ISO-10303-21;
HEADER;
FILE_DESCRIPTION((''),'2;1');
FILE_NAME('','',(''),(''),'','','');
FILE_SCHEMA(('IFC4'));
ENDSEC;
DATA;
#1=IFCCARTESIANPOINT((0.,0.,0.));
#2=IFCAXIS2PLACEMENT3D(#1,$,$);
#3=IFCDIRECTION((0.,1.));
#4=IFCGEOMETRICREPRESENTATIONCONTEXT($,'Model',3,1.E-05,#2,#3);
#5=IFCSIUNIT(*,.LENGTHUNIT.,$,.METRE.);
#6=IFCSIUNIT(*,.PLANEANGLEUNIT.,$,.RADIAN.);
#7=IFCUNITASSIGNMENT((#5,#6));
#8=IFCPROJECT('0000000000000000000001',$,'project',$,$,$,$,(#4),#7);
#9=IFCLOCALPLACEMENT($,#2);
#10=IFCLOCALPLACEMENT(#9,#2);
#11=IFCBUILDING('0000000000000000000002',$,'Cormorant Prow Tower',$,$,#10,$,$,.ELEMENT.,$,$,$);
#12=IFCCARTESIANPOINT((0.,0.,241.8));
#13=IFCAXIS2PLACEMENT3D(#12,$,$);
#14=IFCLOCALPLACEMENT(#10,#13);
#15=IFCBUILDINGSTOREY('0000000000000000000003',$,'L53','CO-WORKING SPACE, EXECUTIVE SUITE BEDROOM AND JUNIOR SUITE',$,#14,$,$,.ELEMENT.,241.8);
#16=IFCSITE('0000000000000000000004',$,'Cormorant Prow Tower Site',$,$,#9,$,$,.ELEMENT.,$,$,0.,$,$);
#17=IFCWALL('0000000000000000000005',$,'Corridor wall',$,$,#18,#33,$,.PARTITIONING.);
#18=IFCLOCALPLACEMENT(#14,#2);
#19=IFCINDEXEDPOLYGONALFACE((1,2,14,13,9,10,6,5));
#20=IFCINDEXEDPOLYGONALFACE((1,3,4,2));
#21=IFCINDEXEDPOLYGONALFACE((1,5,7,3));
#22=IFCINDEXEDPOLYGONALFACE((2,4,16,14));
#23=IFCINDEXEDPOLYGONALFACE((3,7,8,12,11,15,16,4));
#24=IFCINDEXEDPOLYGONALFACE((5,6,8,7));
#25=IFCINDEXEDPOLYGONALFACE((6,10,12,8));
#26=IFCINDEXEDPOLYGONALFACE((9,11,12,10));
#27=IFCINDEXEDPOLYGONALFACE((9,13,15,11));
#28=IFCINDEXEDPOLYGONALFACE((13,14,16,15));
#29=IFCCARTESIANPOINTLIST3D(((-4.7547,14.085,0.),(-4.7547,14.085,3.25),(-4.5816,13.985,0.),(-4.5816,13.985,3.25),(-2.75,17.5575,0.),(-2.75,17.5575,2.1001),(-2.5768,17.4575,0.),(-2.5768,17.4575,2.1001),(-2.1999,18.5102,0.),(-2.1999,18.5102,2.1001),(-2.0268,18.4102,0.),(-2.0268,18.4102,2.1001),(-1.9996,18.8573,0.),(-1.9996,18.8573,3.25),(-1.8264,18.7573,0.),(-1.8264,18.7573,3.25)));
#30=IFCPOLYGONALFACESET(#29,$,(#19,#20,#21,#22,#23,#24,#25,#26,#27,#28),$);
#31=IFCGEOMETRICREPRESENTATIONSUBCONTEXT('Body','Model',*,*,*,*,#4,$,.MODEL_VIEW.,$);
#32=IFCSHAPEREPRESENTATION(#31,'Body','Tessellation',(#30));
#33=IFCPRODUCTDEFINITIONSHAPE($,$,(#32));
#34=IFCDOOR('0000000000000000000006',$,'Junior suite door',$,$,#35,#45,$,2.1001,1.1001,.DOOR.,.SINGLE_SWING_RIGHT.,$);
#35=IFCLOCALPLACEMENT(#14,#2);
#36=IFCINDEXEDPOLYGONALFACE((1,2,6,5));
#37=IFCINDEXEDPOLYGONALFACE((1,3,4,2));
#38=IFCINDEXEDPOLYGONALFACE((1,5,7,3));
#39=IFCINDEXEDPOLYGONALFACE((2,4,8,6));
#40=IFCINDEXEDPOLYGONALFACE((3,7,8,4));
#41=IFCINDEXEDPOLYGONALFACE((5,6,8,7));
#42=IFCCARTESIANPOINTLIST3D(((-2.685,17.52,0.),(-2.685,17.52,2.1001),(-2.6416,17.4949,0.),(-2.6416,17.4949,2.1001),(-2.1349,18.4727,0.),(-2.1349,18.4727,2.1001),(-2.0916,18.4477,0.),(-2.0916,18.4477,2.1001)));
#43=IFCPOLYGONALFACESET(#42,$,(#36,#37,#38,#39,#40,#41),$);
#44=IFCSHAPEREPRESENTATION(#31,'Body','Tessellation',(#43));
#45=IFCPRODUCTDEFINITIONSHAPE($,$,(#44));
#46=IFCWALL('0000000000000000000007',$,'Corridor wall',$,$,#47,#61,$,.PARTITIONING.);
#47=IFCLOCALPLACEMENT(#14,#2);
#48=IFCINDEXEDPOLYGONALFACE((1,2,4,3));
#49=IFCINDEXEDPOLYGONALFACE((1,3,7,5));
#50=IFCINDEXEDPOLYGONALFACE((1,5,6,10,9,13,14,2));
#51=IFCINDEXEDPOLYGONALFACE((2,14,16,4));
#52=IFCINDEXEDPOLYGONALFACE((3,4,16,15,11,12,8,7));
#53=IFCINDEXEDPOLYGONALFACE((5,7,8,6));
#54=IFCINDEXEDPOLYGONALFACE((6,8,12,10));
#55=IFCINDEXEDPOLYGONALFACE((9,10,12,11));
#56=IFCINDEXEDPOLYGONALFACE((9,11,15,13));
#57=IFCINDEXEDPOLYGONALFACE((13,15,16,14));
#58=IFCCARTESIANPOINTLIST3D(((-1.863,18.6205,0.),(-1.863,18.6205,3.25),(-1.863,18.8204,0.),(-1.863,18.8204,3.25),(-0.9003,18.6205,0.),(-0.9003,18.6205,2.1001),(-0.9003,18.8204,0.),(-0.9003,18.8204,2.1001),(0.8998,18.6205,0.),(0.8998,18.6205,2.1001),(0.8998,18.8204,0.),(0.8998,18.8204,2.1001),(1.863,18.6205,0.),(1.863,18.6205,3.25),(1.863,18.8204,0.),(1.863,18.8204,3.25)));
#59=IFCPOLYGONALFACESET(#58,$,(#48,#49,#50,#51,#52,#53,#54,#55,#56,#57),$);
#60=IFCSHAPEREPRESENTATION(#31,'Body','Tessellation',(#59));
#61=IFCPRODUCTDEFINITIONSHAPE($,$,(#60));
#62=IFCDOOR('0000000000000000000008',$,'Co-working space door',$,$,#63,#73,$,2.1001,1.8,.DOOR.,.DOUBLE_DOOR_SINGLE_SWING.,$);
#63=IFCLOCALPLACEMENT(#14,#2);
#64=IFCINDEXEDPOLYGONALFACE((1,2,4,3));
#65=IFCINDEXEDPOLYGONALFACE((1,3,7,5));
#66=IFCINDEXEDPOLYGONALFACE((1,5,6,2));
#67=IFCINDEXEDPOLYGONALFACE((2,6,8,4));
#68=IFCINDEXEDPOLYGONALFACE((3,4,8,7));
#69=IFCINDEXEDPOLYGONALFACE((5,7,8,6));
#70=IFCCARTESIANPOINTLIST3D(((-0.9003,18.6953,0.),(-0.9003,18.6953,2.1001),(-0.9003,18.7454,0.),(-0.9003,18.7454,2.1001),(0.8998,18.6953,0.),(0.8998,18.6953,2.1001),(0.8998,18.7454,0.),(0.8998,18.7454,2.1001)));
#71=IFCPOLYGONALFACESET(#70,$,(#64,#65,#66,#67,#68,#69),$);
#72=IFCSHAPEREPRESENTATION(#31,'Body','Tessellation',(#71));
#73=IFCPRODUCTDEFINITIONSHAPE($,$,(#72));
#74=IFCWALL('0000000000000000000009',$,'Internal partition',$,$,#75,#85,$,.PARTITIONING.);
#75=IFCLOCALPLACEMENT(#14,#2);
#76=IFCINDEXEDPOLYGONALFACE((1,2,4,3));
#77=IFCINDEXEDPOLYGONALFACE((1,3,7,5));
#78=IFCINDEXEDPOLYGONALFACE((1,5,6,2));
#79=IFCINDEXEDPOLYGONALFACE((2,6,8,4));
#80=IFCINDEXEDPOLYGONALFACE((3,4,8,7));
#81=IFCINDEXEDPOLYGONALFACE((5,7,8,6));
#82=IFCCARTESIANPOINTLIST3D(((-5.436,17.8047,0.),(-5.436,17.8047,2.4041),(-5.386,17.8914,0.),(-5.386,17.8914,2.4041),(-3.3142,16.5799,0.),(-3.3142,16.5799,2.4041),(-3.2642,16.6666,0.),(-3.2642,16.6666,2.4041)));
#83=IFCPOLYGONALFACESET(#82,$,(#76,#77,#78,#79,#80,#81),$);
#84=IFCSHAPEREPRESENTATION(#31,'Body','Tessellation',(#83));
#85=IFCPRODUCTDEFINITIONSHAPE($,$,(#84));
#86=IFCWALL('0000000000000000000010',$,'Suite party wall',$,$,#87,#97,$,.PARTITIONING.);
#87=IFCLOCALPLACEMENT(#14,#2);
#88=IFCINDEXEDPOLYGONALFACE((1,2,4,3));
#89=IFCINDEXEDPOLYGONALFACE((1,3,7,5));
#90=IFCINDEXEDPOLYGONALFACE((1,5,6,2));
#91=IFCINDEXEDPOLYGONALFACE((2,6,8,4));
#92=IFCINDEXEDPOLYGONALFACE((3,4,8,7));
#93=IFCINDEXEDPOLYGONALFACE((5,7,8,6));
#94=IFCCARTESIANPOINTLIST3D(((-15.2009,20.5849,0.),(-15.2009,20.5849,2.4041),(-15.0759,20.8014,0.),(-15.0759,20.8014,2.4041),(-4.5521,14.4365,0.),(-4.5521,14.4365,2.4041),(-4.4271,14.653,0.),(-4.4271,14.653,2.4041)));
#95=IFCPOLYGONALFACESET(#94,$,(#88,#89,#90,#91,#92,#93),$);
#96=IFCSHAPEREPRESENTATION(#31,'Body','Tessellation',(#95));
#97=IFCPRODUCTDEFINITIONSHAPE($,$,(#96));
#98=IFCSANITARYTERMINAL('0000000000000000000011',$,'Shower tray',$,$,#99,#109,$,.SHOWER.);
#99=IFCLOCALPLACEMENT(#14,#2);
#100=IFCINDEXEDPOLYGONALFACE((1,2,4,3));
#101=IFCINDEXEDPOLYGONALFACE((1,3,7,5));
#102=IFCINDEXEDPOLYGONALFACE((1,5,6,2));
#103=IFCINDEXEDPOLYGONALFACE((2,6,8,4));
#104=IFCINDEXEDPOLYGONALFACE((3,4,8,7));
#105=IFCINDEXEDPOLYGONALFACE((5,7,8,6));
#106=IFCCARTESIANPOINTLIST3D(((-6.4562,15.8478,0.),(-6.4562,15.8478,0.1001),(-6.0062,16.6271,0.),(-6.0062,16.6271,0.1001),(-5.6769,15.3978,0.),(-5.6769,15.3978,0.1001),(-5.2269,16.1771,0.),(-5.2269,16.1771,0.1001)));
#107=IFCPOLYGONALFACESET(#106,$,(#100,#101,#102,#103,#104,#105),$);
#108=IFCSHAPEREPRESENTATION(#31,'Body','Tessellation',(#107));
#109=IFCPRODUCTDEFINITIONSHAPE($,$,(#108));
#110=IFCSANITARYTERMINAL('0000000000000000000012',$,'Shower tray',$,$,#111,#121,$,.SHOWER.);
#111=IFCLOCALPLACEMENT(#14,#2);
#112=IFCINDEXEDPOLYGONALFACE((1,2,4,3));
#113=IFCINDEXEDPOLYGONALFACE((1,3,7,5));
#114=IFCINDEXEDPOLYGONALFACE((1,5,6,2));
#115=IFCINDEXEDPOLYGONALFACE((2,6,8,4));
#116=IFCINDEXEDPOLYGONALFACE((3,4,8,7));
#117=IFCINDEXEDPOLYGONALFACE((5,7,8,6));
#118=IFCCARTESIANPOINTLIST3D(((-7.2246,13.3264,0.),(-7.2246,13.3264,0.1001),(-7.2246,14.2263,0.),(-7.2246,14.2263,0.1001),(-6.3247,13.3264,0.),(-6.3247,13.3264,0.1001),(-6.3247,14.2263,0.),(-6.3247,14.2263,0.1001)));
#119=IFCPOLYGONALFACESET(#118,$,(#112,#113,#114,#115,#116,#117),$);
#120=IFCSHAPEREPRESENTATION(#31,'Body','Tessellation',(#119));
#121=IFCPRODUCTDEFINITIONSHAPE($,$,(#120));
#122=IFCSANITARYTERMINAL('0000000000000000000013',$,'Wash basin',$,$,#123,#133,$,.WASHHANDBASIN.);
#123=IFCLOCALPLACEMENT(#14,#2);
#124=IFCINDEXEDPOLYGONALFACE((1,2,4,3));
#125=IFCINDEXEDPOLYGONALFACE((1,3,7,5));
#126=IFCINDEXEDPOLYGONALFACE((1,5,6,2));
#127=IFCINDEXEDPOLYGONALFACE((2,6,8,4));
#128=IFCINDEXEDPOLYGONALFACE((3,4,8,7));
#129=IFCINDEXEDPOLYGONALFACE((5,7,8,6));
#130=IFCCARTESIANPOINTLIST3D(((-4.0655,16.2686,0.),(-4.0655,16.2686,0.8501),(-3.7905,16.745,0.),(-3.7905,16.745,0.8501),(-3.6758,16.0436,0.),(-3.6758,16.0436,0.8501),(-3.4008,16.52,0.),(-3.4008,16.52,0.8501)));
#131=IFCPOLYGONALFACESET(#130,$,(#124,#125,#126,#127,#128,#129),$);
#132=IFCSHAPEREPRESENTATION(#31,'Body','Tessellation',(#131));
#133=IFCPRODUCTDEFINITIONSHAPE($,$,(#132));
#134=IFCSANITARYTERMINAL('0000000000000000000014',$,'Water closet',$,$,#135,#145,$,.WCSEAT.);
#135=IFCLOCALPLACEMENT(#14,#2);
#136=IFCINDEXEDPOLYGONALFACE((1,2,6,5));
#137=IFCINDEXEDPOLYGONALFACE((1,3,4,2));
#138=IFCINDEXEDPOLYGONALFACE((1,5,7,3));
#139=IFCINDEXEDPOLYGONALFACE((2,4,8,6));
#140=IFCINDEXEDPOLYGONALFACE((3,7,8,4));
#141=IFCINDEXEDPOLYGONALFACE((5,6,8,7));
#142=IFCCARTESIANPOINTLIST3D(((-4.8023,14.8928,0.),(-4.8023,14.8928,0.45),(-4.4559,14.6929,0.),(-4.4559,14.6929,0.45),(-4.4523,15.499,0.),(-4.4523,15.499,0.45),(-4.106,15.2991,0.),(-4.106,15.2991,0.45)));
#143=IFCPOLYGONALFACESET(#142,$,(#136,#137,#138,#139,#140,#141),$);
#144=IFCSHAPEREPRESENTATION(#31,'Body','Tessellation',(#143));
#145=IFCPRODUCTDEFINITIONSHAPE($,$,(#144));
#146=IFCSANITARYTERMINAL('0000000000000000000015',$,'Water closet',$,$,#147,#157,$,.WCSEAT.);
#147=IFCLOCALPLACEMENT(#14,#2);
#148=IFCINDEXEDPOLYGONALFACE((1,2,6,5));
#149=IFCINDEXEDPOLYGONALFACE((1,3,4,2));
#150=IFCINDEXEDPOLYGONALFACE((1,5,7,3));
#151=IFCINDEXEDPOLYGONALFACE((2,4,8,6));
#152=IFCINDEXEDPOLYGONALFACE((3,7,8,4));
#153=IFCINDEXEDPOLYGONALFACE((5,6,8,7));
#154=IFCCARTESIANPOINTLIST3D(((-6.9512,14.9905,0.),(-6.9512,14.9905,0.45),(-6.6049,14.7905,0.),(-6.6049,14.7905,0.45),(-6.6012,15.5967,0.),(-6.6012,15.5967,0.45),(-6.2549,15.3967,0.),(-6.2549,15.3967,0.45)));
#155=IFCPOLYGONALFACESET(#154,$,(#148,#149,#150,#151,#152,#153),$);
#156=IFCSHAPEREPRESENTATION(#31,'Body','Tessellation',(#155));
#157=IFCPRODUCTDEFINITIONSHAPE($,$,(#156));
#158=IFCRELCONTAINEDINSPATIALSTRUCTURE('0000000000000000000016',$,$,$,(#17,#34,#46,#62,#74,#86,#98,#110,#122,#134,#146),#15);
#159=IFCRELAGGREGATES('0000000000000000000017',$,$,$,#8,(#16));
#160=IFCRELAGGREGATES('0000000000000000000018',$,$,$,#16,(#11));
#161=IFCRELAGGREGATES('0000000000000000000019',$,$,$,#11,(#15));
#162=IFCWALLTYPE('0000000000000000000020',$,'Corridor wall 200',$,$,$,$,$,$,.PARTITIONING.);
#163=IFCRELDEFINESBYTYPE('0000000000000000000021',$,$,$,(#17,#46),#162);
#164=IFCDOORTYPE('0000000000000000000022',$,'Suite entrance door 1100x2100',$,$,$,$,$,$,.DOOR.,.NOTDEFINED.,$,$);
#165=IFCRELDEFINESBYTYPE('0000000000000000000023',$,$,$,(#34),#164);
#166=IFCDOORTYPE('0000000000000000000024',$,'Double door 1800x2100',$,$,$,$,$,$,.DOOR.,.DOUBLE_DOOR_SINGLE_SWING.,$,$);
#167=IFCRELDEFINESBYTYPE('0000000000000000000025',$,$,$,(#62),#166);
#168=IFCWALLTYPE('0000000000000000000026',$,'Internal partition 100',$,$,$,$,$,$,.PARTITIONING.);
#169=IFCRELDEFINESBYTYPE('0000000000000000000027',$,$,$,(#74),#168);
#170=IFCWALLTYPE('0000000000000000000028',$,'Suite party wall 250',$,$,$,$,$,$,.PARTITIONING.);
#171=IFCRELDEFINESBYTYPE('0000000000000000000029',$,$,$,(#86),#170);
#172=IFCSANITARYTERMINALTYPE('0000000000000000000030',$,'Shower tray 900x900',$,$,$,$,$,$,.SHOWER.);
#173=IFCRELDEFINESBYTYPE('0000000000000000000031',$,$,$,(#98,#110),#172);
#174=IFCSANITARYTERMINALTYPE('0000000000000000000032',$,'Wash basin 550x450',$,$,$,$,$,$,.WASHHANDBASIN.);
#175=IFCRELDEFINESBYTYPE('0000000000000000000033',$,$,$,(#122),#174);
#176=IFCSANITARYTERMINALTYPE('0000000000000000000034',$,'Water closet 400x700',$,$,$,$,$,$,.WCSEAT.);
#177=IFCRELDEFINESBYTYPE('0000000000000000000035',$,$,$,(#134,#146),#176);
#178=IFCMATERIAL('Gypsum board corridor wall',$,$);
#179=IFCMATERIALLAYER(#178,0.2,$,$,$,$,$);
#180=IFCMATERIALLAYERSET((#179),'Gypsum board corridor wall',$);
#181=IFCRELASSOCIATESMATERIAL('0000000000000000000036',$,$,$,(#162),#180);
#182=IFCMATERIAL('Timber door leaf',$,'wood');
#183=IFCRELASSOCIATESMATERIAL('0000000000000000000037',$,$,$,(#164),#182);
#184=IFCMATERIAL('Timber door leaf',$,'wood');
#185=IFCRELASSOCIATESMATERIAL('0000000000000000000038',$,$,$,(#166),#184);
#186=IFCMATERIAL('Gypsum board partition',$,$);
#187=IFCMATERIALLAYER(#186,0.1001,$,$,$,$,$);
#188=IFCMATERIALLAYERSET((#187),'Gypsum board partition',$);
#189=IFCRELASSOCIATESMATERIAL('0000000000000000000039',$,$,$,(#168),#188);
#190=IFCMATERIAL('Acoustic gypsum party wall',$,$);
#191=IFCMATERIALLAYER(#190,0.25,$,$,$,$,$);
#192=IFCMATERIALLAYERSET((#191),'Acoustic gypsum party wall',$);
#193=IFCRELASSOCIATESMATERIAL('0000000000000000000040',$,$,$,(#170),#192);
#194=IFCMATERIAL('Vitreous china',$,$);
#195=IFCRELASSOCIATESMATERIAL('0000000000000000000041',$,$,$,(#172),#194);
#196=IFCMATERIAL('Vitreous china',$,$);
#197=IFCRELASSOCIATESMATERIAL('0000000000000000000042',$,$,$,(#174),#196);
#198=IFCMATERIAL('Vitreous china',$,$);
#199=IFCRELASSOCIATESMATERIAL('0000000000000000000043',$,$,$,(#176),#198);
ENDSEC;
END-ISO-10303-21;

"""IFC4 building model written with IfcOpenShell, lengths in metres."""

from ifc_helpers import new_model, si_unit, direction, frame, frame_2d, origin, origin_2d, place, context, subcontext, project, spatial, rectangle, extrude, material, layer, layer_set, type_object, element, fill, save


model = new_model("IFC4")

# Units and contexts
model_context = context("Model", 3, precision=1e-05, world=origin(), true_north=direction((0.0, 1.0)))
body_context = subcontext(model_context, "Body", "Model", "MODEL_VIEW")
ifc_project = project(units=[si_unit("LENGTHUNIT", "METRE"), si_unit("PLANEANGLEUNIT", "RADIAN")], contexts=[model_context])

# Site, building, storey
site_placement = place(None, origin())
site = spatial("IfcSite", under=ifc_project, at=site_placement, Name="Cormorant Prow Tower Site", CompositionType="ELEMENT", RefElevation=0.0)
building_placement = place(site_placement, origin())
building = spatial("IfcBuilding", under=site, at=building_placement, Name="Cormorant Prow Tower", CompositionType="ELEMENT")
storey_placement = place(building_placement, frame((0.0, 0.0, 241.8)))
storey = spatial("IfcBuildingStorey", under=building, at=storey_placement, Name="L53", Description="CO-WORKING SPACE, EXECUTIVE SUITE BEDROOM AND JUNIOR SUITE", CompositionType="ELEMENT", Elevation=241.8)

# Walls, openings, doors
ifc_material_1 = material(Name="Gypsum board corridor wall")
ifc_layer_1 = layer(ifc_material_1, 0.2)
ifc_layer_set_1 = layer_set([ifc_layer_1], Name="Gypsum board corridor wall")
wall_type_1 = type_object("IfcWallType", Name="Corridor wall 200", PredefinedType="PARTITIONING", material=ifc_layer_set_1)
wall_1_placement = place(storey_placement, frame((-4.6682, 14.0349, 0.0), z_axis=(0.0, 0.0, 1.0), x_axis=(0.499985, 0.866034, 0.0)))
wall_1 = element("IfcWall", 1, at=wall_1_placement, inside=storey, type_object=wall_type_1, Name="Corridor wall", PredefinedType="PARTITIONING", context=body_context, shape_type="SweptSolid", body=[
    extrude(rectangle(XDim=5.5105, YDim=0.2, at=frame_2d((2.7554, 0.0))), origin(), (0.0, 0.0, 1.0), 3.25),
])
opening_1_placement = place(wall_1_placement, frame((4.0098, 0.0, 0.0)))
opening_1 = element("IfcOpeningElement", 2, at=opening_1_placement, cuts=wall_1, PredefinedType="OPENING", context=body_context, shape_type="SweptSolid", body=[
    extrude(rectangle(XDim=1.1001, YDim=2.1001, at=frame_2d((0.55, 1.05))), frame((0.0, 0.1099, 0.0), z_axis=(0.0, -1.0, 0.0), x_axis=(1.0, 0.0, 0.0)), (0.0, 0.0, 1.0), 0.22),
])
ifc_material_2 = material(Name="Timber door leaf", Category="wood")
door_type_1 = type_object("IfcDoorType", Name="Suite entrance door 1100x2100", OperationType="NOTDEFINED", PredefinedType="DOOR", material=ifc_material_2)
door_1_placement = place(opening_1_placement, origin())
door_1 = element("IfcDoor", 3, at=door_1_placement, inside=storey, type_object=door_type_1, Name="Junior suite door", OperationType="SINGLE_SWING_RIGHT", OverallHeight=2.1001, OverallWidth=1.1001, PredefinedType="DOOR", context=body_context, shape_type="SweptSolid", body=[
    extrude(rectangle(XDim=1.1001, YDim=2.1001, at=frame_2d((0.55, 1.05))), frame((0.0, 0.0249, 0.0), z_axis=(0.0, -1.0, 0.0), x_axis=(1.0, 0.0, 0.0)), (0.0, 0.0, 1.0), 0.05),
])
fill(opening_1, door_1)
wall_2_placement = place(storey_placement, frame((-1.863, 18.7205, 0.0), z_axis=(0.0, 0.0, 1.0), x_axis=(1.0, 0.0, 0.0)))
wall_2 = element("IfcWall", 4, at=wall_2_placement, inside=storey, type_object=wall_type_1, Name="Corridor wall", PredefinedType="PARTITIONING", context=body_context, shape_type="SweptSolid", body=[
    extrude(rectangle(XDim=3.7261, YDim=0.2, at=frame_2d((1.863, 0.0))), origin(), (0.0, 0.0, 1.0), 3.25),
])
opening_2_placement = place(wall_2_placement, frame((0.9629, 0.0, 0.0)))
opening_2 = element("IfcOpeningElement", 5, at=opening_2_placement, cuts=wall_2, PredefinedType="OPENING", context=body_context, shape_type="SweptSolid", body=[
    extrude(rectangle(XDim=1.8, YDim=2.1001, at=frame_2d((0.8999, 1.05))), frame((0.0, 0.1099, 0.0), z_axis=(0.0, -1.0, 0.0), x_axis=(1.0, 0.0, 0.0)), (0.0, 0.0, 1.0), 0.22),
])
ifc_material_3 = material(Name="Timber door leaf", Category="wood")
door_type_2 = type_object("IfcDoorType", Name="Double door 1800x2100", OperationType="DOUBLE_DOOR_SINGLE_SWING", PredefinedType="DOOR", material=ifc_material_3)
door_2_placement = place(opening_2_placement, origin())
door_2 = element("IfcDoor", 6, at=door_2_placement, inside=storey, type_object=door_type_2, Name="Co-working space door", OperationType="DOUBLE_DOOR_SINGLE_SWING", OverallHeight=2.1001, OverallWidth=1.8, PredefinedType="DOOR", context=body_context, shape_type="SweptSolid", body=[
    extrude(rectangle(XDim=1.8, YDim=2.1001, at=frame_2d((0.8999, 1.05))), frame((0.0, 0.0249, 0.0), z_axis=(0.0, -1.0, 0.0), x_axis=(1.0, 0.0, 0.0)), (0.0, 0.0, 1.0), 0.05),
])
fill(opening_2, door_2)

# Walls
ifc_material_4 = material(Name="Gypsum board partition")
ifc_layer_2 = layer(ifc_material_4, 0.1001)
ifc_layer_set_2 = layer_set([ifc_layer_2], Name="Gypsum board partition")
wall_type_2 = type_object("IfcWallType", Name="Internal partition 100", PredefinedType="PARTITIONING", material=ifc_layer_set_2)
wall_3_placement = place(storey_placement, frame((-5.4111, 17.8481, 0.0), z_axis=(0.0, 0.0, 1.0), x_axis=(0.866058, -0.499944, 0.0)))
element("IfcWall", 7, at=wall_3_placement, inside=storey, type_object=wall_type_2, Name="Internal partition", PredefinedType="PARTITIONING", context=body_context, shape_type="SweptSolid", body=[
    extrude(rectangle(XDim=2.45, YDim=0.1001, at=frame_2d((1.2251, 0.0))), origin(), (0.0, 0.0, 1.0), 2.4041),
])
ifc_material_5 = material(Name="Acoustic gypsum party wall")
ifc_layer_3 = layer(ifc_material_5, 0.25)
ifc_layer_set_3 = layer_set([ifc_layer_3], Name="Acoustic gypsum party wall")
wall_type_3 = type_object("IfcWallType", Name="Suite party wall 250", PredefinedType="PARTITIONING", material=ifc_layer_set_3)
wall_4_placement = place(storey_placement, frame((-15.1384, 20.6931, 0.0), z_axis=(0.0, 0.0, 1.0), x_axis=(0.866016, -0.500017, 0.0)))
element("IfcWall", 8, at=wall_4_placement, inside=storey, type_object=wall_type_3, Name="Suite party wall", PredefinedType="PARTITIONING", context=body_context, shape_type="SweptSolid", body=[
    extrude(rectangle(XDim=12.2964, YDim=0.25, at=frame_2d((6.1482, 0.0))), origin(), (0.0, 0.0, 1.0), 2.4041),
])

# Sanitary terminals
ifc_material_6 = material(Name="Vitreous china")
sanitary_terminal_type_1 = type_object("IfcSanitaryTerminalType", Name="Shower tray 900x900", PredefinedType="SHOWER", material=ifc_material_6)
for number, where, z_axis, x_axis, name in (
    (9, (-5.8416, 16.0125, 0.0), (0.0, 0.0, 1.0), (0.5, 0.866025, 0.0), "Shower tray"),
    (10, (-6.7747, 13.7764, 0.0), (0.0, 0.0, 1.0), (1.0, 0.0, 0.0), "Shower tray"),
):
    element("IfcSanitaryTerminal", number, at=place(storey_placement, frame(where, z_axis=z_axis, x_axis=x_axis)), inside=storey, type_object=sanitary_terminal_type_1, Name=name, PredefinedType="SHOWER", context=body_context, shape_type="SweptSolid", body=[
        extrude(rectangle(XDim=0.8999, YDim=0.8999, at=origin_2d()), origin(), (0.0, 0.0, 1.0), 0.1001),
    ])
ifc_material_7 = material(Name="Vitreous china")
sanitary_terminal_type_2 = type_object("IfcSanitaryTerminalType", Name="Wash basin 550x450", PredefinedType="WASHHANDBASIN", material=ifc_material_7)
sanitary_terminal_placement = place(storey_placement, frame((-3.7332, 16.3943, 0.0), z_axis=(0.0, 0.0, 1.0), x_axis=(-0.5, -0.866025, 0.0)))
element("IfcSanitaryTerminal", 11, at=sanitary_terminal_placement, inside=storey, type_object=sanitary_terminal_type_2, Name="Wash basin", PredefinedType="WASHHANDBASIN", context=body_context, shape_type="SweptSolid", body=[
    extrude(rectangle(XDim=0.55, YDim=0.45, at=origin_2d()), origin(), (0.0, 0.0, 1.0), 0.8501),
])
ifc_material_8 = material(Name="Vitreous china")
sanitary_terminal_type_3 = type_object("IfcSanitaryTerminalType", Name="Water closet 400x700", PredefinedType="WCSEAT", material=ifc_material_8)
for number, where, z_axis, x_axis, name in (
    (12, (-4.4541, 15.0959, 0.0), (0.0, 0.0, 1.0), (-0.866025, 0.5, 0.0), "Water closet"),
    (13, (-6.603, 15.1936, 0.0), (0.0, 0.0, 1.0), (0.866025, -0.5, 0.0), "Water closet"),
):
    element("IfcSanitaryTerminal", number, at=place(storey_placement, frame(where, z_axis=z_axis, x_axis=x_axis)), inside=storey, type_object=sanitary_terminal_type_3, Name=name, PredefinedType="WCSEAT", context=body_context, shape_type="SweptSolid", body=[
        extrude(rectangle(XDim=0.3999, YDim=0.7, at=origin_2d()), origin(), (0.0, 0.0, 1.0), 0.45),
    ])

save(model, "model.ifc")
